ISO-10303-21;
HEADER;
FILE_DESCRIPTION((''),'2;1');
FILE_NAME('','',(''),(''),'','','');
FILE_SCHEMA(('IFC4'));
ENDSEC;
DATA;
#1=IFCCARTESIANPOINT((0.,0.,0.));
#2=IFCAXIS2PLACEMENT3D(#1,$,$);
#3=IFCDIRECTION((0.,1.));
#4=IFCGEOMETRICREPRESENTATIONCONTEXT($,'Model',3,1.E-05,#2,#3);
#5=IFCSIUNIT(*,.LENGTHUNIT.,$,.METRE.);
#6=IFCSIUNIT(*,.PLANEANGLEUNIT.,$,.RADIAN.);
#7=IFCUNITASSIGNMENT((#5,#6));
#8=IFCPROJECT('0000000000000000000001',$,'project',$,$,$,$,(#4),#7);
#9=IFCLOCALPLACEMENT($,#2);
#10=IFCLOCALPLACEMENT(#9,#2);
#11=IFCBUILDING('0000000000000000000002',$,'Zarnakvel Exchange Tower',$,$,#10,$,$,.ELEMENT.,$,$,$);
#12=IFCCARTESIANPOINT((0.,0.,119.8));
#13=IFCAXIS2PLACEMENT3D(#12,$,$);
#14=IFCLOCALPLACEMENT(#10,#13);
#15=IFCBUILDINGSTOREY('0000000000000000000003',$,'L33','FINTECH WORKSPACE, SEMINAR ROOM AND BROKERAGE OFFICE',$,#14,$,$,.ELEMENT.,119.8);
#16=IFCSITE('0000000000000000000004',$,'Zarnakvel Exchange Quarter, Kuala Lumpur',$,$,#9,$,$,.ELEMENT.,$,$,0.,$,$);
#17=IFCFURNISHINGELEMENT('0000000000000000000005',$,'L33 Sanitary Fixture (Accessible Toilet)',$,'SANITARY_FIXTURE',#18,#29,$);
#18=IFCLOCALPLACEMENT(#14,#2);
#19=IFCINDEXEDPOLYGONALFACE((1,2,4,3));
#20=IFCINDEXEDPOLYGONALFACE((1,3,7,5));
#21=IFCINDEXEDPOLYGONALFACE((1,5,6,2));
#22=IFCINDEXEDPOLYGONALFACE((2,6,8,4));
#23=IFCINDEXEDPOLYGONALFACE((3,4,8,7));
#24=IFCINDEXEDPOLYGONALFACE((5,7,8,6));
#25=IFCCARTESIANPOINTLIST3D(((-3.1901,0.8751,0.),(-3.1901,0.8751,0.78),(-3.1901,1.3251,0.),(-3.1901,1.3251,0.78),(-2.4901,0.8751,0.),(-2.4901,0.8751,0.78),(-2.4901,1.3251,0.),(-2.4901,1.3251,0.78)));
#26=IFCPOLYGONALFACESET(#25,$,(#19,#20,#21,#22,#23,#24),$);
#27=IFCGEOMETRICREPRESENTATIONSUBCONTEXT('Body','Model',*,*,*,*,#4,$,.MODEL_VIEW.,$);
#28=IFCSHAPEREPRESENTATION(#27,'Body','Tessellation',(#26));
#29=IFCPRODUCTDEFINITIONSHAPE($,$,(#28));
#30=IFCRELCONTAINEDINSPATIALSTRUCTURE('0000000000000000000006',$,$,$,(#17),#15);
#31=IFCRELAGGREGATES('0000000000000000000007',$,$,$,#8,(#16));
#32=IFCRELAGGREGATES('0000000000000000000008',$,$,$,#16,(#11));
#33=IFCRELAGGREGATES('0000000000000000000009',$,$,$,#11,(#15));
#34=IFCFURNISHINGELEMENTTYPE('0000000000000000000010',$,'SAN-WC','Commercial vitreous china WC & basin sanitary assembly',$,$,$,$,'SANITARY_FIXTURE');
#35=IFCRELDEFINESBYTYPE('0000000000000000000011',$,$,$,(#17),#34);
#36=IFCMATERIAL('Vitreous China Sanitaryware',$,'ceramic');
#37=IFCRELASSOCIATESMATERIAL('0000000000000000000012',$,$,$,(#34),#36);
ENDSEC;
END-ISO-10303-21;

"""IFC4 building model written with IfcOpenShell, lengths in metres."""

from ifc_helpers import new_model, si_unit, direction, frame, origin, origin_2d, place, context, subcontext, project, spatial, rectangle, extrude, source, transform, mapped, material, type_object, element, save


model = new_model("IFC4")

# Units and contexts
model_context = context("Model", 3, precision=1e-05, world=origin(), true_north=direction((0.0, 1.0)))
body_context = subcontext(model_context, "Body", "Model", "MODEL_VIEW")
ifc_project = project(units=[si_unit("LENGTHUNIT", "METRE"), si_unit("PLANEANGLEUNIT", "RADIAN")], contexts=[model_context])

# Site, building, storey
site_placement = place(None, origin())
site = spatial("IfcSite", under=ifc_project, at=site_placement, Name="Zarnakvel Exchange Quarter, Kuala Lumpur", CompositionType="ELEMENT", RefElevation=0.0)
building_placement = place(site_placement, origin())
building = spatial("IfcBuilding", under=site, at=building_placement, Name="Zarnakvel Exchange Tower", CompositionType="ELEMENT")
storey_placement = place(building_placement, frame((0.0, 0.0, 119.8)))
storey = spatial("IfcBuildingStorey", under=building, at=storey_placement, Name="L33", Description="FINTECH WORKSPACE, SEMINAR ROOM AND BROKERAGE OFFICE", CompositionType="ELEMENT", Elevation=119.8)

# Furnishing element
ifc_material_1 = material(Name="Vitreous China Sanitaryware", Category="ceramic")
furnishing_element_type = type_object("IfcFurnishingElementType", Name="SAN-WC", Description="Commercial vitreous china WC & basin sanitary assembly", ElementType="SANITARY_FIXTURE", material=ifc_material_1)
shared_shape_1 = source(origin(), body_context, "Body", "SweptSolid", [
    extrude(rectangle(XDim=0.7, YDim=0.45, at=origin_2d()), origin(), (0.0, 0.0, 1.0), 0.78),
])
furnishing_placement = place(storey_placement, frame((-2.8401, 1.1001, 0.0), z_axis=(0.0, 0.0, 1.0), x_axis=(1.0, 0.0, 0.0)))
element("IfcFurnishingElement", 1, at=furnishing_placement, inside=storey, type_object=furnishing_element_type, Name="L33 Sanitary Fixture (Accessible Toilet)", ObjectType="SANITARY_FIXTURE", context=body_context, shape_type="MappedRepresentation", body=[
    mapped(shared_shape_1, transform((0.0, 0.0, 0.0), x_axis=(1.0, 0.0, 0.0), y_axis=(0.0, 1.0, 0.0), z_axis=(0.0, 0.0, 1.0), scale=1.0)),
])

save(model, "model.ifc")
